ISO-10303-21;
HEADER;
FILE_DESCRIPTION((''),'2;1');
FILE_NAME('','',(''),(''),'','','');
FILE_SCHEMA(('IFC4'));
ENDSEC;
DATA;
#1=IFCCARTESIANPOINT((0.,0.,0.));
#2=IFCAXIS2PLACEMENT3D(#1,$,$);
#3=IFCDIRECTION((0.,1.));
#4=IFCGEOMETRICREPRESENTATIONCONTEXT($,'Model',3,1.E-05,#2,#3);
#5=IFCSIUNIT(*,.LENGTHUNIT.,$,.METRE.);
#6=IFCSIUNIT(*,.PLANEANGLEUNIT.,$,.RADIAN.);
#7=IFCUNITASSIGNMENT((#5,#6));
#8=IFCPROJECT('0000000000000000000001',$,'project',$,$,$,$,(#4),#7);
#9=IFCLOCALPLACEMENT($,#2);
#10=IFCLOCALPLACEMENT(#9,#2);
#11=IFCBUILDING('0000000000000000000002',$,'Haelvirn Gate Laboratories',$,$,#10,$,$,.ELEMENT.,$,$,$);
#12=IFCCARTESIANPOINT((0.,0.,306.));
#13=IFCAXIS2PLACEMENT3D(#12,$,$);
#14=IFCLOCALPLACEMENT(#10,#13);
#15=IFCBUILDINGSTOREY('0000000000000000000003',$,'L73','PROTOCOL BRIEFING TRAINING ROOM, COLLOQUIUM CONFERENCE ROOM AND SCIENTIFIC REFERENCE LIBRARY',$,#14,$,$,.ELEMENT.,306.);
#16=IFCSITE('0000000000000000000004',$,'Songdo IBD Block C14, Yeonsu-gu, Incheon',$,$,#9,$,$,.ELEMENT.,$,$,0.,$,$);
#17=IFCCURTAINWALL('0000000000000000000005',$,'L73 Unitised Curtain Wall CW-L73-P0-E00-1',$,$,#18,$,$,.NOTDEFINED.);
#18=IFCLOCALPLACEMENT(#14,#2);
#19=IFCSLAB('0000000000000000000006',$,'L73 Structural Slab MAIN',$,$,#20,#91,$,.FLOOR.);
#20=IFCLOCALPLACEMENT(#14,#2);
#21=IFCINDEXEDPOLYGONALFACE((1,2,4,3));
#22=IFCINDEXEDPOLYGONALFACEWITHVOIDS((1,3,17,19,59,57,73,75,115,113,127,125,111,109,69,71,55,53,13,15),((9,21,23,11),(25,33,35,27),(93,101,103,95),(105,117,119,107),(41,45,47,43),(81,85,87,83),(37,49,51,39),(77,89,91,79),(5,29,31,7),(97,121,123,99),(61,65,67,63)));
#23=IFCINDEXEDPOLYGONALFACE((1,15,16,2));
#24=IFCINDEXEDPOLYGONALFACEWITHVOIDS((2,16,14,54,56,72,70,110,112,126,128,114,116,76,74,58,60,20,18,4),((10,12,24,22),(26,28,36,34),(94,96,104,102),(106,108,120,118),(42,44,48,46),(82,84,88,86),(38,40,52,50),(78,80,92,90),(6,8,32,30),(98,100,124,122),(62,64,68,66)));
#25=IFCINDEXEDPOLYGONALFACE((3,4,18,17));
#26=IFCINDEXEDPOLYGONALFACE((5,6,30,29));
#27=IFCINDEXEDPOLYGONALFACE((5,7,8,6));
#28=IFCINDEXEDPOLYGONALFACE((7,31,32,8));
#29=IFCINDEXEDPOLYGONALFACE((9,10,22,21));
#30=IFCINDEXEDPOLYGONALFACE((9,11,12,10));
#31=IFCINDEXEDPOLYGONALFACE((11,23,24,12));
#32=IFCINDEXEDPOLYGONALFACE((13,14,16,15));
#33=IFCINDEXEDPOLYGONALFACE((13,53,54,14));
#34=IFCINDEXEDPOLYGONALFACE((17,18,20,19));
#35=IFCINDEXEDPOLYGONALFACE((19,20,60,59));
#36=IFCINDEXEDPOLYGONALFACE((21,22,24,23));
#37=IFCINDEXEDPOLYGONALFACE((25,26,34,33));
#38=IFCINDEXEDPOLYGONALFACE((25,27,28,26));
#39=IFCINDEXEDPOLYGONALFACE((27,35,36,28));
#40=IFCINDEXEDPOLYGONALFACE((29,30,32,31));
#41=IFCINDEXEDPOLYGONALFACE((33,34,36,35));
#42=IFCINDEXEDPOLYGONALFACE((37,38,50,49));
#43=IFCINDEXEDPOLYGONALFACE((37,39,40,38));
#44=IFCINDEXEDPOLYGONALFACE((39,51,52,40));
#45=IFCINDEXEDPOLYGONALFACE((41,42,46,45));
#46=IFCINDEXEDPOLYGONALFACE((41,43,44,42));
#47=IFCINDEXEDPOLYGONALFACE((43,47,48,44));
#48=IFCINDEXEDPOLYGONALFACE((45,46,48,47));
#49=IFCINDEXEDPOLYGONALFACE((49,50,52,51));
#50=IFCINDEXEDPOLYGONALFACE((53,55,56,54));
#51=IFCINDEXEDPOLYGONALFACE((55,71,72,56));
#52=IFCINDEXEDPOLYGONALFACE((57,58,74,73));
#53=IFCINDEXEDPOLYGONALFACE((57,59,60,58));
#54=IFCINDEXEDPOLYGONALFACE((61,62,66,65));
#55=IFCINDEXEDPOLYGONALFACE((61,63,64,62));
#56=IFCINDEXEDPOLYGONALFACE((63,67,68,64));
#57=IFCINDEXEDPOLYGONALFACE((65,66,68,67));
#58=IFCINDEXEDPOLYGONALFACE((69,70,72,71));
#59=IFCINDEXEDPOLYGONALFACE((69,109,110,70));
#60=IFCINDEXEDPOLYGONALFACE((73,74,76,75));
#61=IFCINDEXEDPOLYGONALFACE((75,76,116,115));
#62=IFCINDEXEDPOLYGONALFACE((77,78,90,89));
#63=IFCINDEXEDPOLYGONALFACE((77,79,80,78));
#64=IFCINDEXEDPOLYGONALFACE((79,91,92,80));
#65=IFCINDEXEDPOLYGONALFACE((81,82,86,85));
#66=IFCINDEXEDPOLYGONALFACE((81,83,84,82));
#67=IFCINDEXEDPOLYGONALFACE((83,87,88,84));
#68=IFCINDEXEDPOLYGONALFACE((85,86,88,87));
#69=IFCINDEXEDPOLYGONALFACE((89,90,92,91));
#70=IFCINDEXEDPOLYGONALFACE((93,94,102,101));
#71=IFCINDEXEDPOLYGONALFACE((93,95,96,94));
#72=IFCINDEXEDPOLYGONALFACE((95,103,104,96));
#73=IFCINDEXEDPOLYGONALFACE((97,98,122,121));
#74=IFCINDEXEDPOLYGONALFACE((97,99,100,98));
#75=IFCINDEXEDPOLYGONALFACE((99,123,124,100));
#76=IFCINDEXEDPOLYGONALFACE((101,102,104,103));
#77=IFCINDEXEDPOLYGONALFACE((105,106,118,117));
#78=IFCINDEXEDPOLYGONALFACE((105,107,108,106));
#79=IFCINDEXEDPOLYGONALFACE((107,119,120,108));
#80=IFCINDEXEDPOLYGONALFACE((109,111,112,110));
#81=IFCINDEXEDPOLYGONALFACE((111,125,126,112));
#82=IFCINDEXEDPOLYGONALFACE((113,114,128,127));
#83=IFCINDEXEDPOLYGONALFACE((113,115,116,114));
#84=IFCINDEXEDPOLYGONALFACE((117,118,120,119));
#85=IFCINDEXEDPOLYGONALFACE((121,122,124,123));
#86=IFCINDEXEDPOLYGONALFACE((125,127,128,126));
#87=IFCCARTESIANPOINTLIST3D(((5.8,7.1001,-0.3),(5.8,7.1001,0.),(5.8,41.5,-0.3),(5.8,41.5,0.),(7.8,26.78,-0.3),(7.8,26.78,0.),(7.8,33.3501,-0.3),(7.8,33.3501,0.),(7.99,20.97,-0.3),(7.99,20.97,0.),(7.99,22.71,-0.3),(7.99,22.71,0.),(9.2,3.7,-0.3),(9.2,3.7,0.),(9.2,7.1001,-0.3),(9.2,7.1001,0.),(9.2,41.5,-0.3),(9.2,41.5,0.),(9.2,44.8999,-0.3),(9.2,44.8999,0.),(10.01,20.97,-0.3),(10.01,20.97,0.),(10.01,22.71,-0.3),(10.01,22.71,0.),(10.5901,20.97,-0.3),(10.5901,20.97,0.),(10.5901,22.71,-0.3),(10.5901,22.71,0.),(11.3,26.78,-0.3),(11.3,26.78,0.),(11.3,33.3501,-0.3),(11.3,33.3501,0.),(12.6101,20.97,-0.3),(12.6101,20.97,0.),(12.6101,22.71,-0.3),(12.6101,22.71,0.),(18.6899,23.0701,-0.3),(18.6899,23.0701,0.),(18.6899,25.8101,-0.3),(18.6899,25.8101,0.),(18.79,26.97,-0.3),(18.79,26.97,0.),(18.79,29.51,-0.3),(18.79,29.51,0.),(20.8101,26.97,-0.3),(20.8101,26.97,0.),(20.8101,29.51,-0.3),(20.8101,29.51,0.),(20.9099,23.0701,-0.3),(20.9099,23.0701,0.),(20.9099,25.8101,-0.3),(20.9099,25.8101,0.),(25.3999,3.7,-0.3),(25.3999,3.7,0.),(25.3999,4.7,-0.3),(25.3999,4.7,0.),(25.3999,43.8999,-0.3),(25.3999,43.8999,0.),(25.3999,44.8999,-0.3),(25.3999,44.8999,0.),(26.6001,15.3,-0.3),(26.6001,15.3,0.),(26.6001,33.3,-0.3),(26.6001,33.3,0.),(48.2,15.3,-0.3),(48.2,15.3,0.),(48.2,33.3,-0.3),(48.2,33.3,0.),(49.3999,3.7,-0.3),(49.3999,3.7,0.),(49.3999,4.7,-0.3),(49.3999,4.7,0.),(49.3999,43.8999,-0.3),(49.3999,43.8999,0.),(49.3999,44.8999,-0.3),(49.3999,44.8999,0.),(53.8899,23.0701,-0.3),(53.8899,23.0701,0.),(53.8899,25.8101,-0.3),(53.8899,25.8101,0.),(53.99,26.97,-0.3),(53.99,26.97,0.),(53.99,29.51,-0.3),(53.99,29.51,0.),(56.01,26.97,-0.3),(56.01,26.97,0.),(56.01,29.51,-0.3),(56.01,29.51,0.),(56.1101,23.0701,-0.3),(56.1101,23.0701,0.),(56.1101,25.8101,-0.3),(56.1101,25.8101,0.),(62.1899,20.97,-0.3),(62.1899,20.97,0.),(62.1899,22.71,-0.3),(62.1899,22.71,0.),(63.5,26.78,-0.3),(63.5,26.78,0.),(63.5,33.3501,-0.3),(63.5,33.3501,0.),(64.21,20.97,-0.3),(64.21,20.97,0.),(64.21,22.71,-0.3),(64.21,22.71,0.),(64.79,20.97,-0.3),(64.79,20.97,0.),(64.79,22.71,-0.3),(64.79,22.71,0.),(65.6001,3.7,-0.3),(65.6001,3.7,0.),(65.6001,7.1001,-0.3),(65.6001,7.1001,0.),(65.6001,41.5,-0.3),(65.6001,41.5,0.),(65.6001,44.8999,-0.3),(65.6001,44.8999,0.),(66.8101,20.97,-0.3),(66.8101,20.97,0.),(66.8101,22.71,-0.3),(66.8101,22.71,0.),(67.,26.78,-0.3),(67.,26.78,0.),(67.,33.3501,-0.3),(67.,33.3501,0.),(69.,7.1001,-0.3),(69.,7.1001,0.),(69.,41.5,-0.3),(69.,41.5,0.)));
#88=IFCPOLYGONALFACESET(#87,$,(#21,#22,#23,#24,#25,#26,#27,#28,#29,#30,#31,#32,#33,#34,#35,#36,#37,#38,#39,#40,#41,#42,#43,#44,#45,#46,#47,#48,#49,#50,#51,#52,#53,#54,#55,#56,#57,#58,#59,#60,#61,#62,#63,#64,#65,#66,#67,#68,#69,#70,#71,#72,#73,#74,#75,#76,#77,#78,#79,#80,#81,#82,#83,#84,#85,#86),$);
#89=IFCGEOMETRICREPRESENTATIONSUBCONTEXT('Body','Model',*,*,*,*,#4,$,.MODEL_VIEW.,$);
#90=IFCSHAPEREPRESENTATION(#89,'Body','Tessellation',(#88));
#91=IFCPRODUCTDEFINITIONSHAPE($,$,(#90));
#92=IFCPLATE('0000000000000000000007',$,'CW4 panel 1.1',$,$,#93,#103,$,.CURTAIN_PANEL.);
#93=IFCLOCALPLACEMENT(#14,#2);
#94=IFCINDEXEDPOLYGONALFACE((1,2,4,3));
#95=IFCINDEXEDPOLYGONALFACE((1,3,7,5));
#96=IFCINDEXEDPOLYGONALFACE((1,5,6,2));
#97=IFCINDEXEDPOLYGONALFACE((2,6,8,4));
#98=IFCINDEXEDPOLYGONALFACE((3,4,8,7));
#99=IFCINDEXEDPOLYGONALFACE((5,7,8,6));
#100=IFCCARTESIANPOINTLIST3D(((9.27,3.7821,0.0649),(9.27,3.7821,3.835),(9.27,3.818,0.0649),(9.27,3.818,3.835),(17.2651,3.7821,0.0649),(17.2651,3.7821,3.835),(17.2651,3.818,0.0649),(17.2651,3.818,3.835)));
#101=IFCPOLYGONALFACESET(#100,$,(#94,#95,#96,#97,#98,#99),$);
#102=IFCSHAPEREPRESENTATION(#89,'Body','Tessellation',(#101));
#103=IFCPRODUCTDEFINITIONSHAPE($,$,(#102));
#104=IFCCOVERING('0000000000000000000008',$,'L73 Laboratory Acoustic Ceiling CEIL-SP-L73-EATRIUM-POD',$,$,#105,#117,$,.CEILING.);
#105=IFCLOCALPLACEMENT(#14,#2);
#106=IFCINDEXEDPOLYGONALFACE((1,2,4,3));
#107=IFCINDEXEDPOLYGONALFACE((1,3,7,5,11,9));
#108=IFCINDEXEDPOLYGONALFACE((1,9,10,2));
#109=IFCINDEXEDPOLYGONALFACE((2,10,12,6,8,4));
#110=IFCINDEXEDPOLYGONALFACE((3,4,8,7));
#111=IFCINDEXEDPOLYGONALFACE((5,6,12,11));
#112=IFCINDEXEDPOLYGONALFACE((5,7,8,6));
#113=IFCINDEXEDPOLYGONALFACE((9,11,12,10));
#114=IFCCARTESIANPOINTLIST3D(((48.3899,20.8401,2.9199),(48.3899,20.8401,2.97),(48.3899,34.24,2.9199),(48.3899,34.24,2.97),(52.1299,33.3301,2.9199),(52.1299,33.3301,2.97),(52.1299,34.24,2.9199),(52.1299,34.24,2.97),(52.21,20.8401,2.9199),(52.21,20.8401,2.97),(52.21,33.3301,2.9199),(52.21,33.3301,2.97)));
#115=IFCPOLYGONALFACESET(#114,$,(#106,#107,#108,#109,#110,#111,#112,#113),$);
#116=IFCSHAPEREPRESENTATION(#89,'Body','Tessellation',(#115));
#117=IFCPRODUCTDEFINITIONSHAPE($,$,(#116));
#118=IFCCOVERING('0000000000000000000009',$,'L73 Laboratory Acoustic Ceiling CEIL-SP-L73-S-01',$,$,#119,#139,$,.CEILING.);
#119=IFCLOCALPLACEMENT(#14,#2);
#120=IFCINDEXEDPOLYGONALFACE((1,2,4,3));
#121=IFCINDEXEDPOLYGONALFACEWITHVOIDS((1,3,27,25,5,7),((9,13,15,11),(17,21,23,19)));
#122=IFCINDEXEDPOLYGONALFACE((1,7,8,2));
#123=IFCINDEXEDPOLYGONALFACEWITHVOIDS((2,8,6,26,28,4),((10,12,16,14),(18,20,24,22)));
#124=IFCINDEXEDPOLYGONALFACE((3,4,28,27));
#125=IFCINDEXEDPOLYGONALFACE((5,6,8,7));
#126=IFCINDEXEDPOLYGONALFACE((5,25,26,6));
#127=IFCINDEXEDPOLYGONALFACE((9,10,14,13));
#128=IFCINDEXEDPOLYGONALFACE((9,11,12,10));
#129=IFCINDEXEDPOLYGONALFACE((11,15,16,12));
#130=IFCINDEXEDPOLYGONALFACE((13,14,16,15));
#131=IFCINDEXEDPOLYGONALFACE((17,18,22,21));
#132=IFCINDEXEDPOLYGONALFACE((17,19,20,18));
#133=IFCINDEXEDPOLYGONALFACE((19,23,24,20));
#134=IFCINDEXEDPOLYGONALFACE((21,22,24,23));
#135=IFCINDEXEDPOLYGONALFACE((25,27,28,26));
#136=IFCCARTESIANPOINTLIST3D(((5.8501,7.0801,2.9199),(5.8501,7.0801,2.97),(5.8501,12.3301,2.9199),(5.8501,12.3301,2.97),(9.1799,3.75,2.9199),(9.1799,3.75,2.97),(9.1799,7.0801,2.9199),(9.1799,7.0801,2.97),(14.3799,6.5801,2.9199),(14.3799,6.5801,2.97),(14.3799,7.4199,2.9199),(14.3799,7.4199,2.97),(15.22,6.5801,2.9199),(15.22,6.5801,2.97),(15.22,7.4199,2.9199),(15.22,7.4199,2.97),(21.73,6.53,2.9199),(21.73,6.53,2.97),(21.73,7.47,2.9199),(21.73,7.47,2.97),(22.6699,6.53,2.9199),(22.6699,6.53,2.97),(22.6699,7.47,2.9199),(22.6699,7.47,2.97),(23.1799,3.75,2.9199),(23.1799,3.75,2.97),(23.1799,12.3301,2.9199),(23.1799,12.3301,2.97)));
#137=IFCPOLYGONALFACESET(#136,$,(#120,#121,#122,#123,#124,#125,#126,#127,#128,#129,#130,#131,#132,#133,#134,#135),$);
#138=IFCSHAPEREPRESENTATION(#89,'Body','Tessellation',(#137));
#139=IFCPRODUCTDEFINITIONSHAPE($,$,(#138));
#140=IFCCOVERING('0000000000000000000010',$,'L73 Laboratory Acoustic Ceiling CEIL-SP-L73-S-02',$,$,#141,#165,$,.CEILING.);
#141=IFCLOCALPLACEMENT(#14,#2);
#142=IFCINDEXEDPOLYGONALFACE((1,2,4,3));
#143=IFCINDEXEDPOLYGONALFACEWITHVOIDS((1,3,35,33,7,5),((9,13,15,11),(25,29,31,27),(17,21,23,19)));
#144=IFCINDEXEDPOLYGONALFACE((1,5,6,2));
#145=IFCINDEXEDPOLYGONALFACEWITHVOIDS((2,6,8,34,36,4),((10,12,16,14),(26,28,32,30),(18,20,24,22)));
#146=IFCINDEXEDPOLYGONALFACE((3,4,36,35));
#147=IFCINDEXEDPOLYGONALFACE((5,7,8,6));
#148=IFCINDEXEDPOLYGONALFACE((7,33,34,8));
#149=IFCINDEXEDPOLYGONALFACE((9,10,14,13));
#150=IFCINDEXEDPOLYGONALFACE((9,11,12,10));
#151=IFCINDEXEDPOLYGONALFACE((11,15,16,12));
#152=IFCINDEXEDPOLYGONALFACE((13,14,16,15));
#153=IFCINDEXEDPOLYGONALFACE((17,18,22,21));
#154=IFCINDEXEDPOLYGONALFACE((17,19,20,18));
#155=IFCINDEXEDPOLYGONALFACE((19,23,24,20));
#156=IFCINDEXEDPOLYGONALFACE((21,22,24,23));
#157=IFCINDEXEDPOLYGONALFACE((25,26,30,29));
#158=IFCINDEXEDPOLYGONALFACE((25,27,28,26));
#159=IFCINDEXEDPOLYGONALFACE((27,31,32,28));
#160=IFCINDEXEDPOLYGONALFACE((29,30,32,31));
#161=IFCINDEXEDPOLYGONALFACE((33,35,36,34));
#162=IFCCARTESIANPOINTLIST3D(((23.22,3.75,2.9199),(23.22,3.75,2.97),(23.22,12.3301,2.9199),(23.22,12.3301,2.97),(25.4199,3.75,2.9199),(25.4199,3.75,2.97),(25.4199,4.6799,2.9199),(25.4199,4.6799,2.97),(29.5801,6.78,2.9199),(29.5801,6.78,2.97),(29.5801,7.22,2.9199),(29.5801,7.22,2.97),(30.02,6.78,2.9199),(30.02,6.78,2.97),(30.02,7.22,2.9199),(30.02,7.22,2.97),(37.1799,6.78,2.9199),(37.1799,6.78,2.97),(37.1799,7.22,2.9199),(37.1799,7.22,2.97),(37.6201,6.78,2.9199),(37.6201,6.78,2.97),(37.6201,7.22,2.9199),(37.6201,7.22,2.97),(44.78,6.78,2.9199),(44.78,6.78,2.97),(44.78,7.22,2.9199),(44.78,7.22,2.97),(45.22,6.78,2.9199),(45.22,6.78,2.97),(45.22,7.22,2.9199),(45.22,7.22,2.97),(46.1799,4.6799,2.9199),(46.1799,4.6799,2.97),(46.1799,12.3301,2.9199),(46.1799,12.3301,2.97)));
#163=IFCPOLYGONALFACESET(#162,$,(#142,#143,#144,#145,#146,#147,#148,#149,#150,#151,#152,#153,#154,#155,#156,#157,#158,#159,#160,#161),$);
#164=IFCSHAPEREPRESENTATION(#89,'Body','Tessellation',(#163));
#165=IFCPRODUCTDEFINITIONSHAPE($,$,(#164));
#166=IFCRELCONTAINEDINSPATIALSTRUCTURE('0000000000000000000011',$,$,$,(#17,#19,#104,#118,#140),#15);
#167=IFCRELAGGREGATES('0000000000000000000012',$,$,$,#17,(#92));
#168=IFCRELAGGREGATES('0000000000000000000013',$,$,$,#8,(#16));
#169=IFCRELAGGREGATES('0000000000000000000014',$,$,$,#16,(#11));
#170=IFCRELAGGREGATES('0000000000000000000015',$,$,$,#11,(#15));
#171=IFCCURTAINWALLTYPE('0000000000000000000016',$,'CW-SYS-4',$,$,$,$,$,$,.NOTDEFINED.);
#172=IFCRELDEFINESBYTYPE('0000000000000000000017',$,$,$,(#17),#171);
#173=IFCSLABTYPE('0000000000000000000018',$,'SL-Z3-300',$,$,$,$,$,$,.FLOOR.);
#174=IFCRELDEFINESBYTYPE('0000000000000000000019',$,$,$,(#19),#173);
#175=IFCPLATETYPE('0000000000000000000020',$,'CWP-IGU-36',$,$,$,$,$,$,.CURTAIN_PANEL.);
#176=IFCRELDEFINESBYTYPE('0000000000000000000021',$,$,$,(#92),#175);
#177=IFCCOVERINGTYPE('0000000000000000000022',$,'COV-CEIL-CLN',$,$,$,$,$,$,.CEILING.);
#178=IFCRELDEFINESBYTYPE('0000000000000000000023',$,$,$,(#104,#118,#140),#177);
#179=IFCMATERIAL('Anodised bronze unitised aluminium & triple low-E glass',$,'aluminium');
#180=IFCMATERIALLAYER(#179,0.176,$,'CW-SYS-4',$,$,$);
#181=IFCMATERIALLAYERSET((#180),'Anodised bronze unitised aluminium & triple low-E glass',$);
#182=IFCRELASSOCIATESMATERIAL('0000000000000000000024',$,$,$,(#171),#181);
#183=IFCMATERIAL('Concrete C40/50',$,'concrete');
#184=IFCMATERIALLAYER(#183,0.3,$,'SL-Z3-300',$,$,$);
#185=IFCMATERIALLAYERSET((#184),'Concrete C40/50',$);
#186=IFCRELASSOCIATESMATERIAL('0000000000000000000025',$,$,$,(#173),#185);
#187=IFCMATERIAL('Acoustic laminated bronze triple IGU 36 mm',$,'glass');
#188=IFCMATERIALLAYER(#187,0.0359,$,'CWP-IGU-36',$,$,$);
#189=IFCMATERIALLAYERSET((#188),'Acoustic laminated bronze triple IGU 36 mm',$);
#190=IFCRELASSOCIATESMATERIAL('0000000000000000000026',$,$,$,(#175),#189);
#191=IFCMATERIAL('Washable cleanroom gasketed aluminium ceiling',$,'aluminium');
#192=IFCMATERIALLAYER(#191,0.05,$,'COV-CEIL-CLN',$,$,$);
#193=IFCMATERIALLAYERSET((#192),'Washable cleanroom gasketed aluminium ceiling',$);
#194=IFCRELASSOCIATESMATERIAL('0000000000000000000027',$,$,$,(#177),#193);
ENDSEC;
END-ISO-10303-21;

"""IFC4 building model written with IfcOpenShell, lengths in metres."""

from ifc_helpers import new_model, si_unit, direction, frame, origin, origin_2d, place, context, subcontext, project, spatial, polyline, rectangle, outline, extrude, source, transform, mapped, material, layer, layer_set, type_object, type_shapes, element, aggregate, save


model = new_model("IFC4")

# Units and contexts
model_context = context("Model", 3, precision=1e-05, world=origin(), true_north=direction((0.0, 1.0)))
body_context = subcontext(model_context, "Body", "Model", "MODEL_VIEW")
ifc_project = project(units=[si_unit("LENGTHUNIT", "METRE"), si_unit("PLANEANGLEUNIT", "RADIAN")], contexts=[model_context])

# Site, building, storey
site_placement = place(None, origin())
site = spatial("IfcSite", under=ifc_project, at=site_placement, Name="Songdo IBD Block C14, Yeonsu-gu, Incheon", CompositionType="ELEMENT", RefElevation=0.0)
building_placement = place(site_placement, origin())
building = spatial("IfcBuilding", under=site, at=building_placement, Name="Haelvirn Gate Laboratories", CompositionType="ELEMENT")
storey_placement = place(building_placement, frame((0.0, 0.0, 306.0)))
storey = spatial("IfcBuildingStorey", under=building, at=storey_placement, Name="L73", Description="PROTOCOL BRIEFING TRAINING ROOM, COLLOQUIUM CONFERENCE ROOM AND SCIENTIFIC REFERENCE LIBRARY", CompositionType="ELEMENT", Elevation=306.0)

# Curtain wall
ifc_material_1 = material(Name="Anodised bronze unitised aluminium & triple low-E glass", Category="aluminium")
ifc_layer_1 = layer(ifc_material_1, 0.176, Name="CW-SYS-4")
ifc_layer_set_1 = layer_set([ifc_layer_1], Name="Anodised bronze unitised aluminium & triple low-E glass")
curtain_wall_type = type_object("IfcCurtainWallType", Name="CW-SYS-4", PredefinedType="NOTDEFINED", material=ifc_layer_set_1)
curtain_wall_placement = place(storey_placement, origin())
curtain_wall = element("IfcCurtainWall", 1, at=curtain_wall_placement, inside=storey, type_object=curtain_wall_type, Name="L73 Unitised Curtain Wall CW-L73-P0-E00-1", PredefinedType="NOTDEFINED")

# Shared definitions
ifc_material_2 = material(Name="Concrete C40/50", Category="concrete")

# Slab
ifc_layer_2 = layer(ifc_material_2, 0.3, Name="SL-Z3-300")
ifc_layer_set_2 = layer_set([ifc_layer_2], Name="Concrete C40/50")
slab_type_1 = type_object("IfcSlabType", Name="SL-Z3-300", PredefinedType="FLOOR", material=ifc_layer_set_2)
slab_1_placement = place(storey_placement, frame((0.0, 0.0, -0.3)))
element("IfcSlab", 2, at=slab_1_placement, inside=storey, type_object=slab_type_1, Name="L73 Structural Slab MAIN", PredefinedType="FLOOR", context=body_context, shape_type="SweptSolid", body=[
    extrude(outline(polyline([(9.2, 3.7), (25.3999, 3.7), (25.3999, 4.7), (49.3999, 4.7), (49.3999, 3.7), (65.6001, 3.7), (65.6001, 7.1001), (69.0, 7.1001), (69.0, 41.5), (65.6001, 41.5), (65.6001, 44.8999), (49.3999, 44.8999), (49.3999, 43.8999), (25.3999, 43.8999), (25.3999, 44.8999), (9.2, 44.8999), (9.2, 41.5), (5.8, 41.5), (5.8, 7.1001), (9.2, 7.1001), (9.2, 3.7)]), holes=[polyline([(26.6001, 15.3), (48.2, 15.3), (48.2, 33.3), (26.6001, 33.3), (26.6001, 15.3)]), polyline([(11.3, 26.78), (11.3, 33.3501), (7.8, 33.3501), (7.8, 26.78), (11.3, 26.78)]), polyline([(67.0, 26.78), (67.0, 33.3501), (63.5, 33.3501), (63.5, 26.78), (67.0, 26.78)]), polyline([(7.99, 20.97), (10.01, 20.97), (10.01, 22.71), (7.99, 22.71), (7.99, 20.97)]), polyline([(10.5901, 20.97), (12.6101, 20.97), (12.6101, 22.71), (10.5901, 22.71), (10.5901, 20.97)]), polyline([(18.79, 26.97), (20.8101, 26.97), (20.8101, 29.51), (18.79, 29.51), (18.79, 26.97)]), polyline([(18.6899, 23.0701), (20.9099, 23.0701), (20.9099, 25.8101), (18.6899, 25.8101), (18.6899, 23.0701)]), polyline([(64.79, 20.97), (66.8101, 20.97), (66.8101, 22.71), (64.79, 22.71), (64.79, 20.97)]), polyline([(62.1899, 20.97), (64.21, 20.97), (64.21, 22.71), (62.1899, 22.71), (62.1899, 20.97)]), polyline([(53.99, 26.97), (56.01, 26.97), (56.01, 29.51), (53.99, 29.51), (53.99, 26.97)]), polyline([(53.8899, 23.0701), (56.1101, 23.0701), (56.1101, 25.8101), (53.8899, 25.8101), (53.8899, 23.0701)])]), origin(), (0.0, 0.0, 1.0), 0.3),
])

# Plate
ifc_material_3 = material(Name="Acoustic laminated bronze triple IGU 36 mm", Category="glass")
ifc_layer_3 = layer(ifc_material_3, 0.0359, Name="CWP-IGU-36")
ifc_layer_set_3 = layer_set([ifc_layer_3], Name="Acoustic laminated bronze triple IGU 36 mm")
plate_type = type_object("IfcPlateType", Name="CWP-IGU-36", PredefinedType="CURTAIN_PANEL", material=ifc_layer_set_3)
shared_shape_1 = source(origin(), body_context, "Body", "SweptSolid", [
    extrude(rectangle(XDim=7.9951, YDim=0.0359, at=origin_2d()), origin(), (0.0, 0.0, 1.0), 3.77),
])
type_shapes(plate_type, [shared_shape_1])
plate_placement = place(storey_placement, frame((13.2676, 3.8, 0.0649), z_axis=(0.0, 0.0, 1.0), x_axis=(1.0, 0.0, 0.0)))
plate = element("IfcPlate", 3, at=plate_placement, type_object=plate_type, Name="CW4 panel 1.1", PredefinedType="CURTAIN_PANEL", context=body_context, shape_type="MappedRepresentation", body=[
    mapped(shared_shape_1, transform((0.0, 0.0, 0.0), scale=1.0)),
])
aggregate(curtain_wall, [plate])

# Coverings
ifc_material_4 = material(Name="Washable cleanroom gasketed aluminium ceiling", Category="aluminium")
ifc_layer_4 = layer(ifc_material_4, 0.05, Name="COV-CEIL-CLN")
ifc_layer_set_4 = layer_set([ifc_layer_4], Name="Washable cleanroom gasketed aluminium ceiling")
covering_type = type_object("IfcCoveringType", Name="COV-CEIL-CLN", PredefinedType="CEILING", material=ifc_layer_set_4)
covering_1_placement = place(storey_placement, frame((0.0, 0.0, 2.9199)))
element("IfcCovering", 4, at=covering_1_placement, inside=storey, type_object=covering_type, Name="L73 Laboratory Acoustic Ceiling CEIL-SP-L73-EATRIUM-POD", PredefinedType="CEILING", context=body_context, shape_type="SweptSolid", body=[
    extrude(outline(polyline([(52.21, 20.8401), (48.3899, 20.8401), (48.3899, 34.24), (52.1299, 34.24), (52.1299, 33.3301), (52.21, 33.3301), (52.21, 20.8401)])), origin(), (0.0, 0.0, 1.0), 0.05),
])
covering_2_placement = place(storey_placement, frame((0.0, 0.0, 2.9199)))
element("IfcCovering", 5, at=covering_2_placement, inside=storey, type_object=covering_type, Name="L73 Laboratory Acoustic Ceiling CEIL-SP-L73-S-01", PredefinedType="CEILING", context=body_context, shape_type="SweptSolid", body=[
    extrude(outline(polyline([(5.8501, 7.0801), (5.8501, 12.3301), (23.1799, 12.3301), (23.1799, 3.75), (9.1799, 3.75), (9.1799, 7.0801), (5.8501, 7.0801)]), holes=[polyline([(14.3799, 7.4199), (14.3799, 6.5801), (15.22, 6.5801), (15.22, 7.4199), (14.3799, 7.4199)]), polyline([(22.6699, 7.47), (21.73, 7.47), (21.73, 6.53), (22.6699, 6.53), (22.6699, 7.47)])]), origin(), (0.0, 0.0, 1.0), 0.05),
])
covering_3_placement = place(storey_placement, frame((0.0, 0.0, 2.9199)))
element("IfcCovering", 6, at=covering_3_placement, inside=storey, type_object=covering_type, Name="L73 Laboratory Acoustic Ceiling CEIL-SP-L73-S-02", PredefinedType="CEILING", context=body_context, shape_type="SweptSolid", body=[
    extrude(outline(polyline([(23.22, 12.3301), (46.1799, 12.3301), (46.1799, 4.6799), (25.4199, 4.6799), (25.4199, 3.75), (23.22, 3.75), (23.22, 12.3301)]), holes=[polyline([(29.5801, 6.78), (30.02, 6.78), (30.02, 7.22), (29.5801, 7.22), (29.5801, 6.78)]), polyline([(37.1799, 7.22), (37.1799, 6.78), (37.6201, 6.78), (37.6201, 7.22), (37.1799, 7.22)]), polyline([(45.22, 7.22), (44.78, 7.22), (44.78, 6.78), (45.22, 6.78), (45.22, 7.22)])]), origin(), (0.0, 0.0, 1.0), 0.05),
])

save(model, "model.ifc")
